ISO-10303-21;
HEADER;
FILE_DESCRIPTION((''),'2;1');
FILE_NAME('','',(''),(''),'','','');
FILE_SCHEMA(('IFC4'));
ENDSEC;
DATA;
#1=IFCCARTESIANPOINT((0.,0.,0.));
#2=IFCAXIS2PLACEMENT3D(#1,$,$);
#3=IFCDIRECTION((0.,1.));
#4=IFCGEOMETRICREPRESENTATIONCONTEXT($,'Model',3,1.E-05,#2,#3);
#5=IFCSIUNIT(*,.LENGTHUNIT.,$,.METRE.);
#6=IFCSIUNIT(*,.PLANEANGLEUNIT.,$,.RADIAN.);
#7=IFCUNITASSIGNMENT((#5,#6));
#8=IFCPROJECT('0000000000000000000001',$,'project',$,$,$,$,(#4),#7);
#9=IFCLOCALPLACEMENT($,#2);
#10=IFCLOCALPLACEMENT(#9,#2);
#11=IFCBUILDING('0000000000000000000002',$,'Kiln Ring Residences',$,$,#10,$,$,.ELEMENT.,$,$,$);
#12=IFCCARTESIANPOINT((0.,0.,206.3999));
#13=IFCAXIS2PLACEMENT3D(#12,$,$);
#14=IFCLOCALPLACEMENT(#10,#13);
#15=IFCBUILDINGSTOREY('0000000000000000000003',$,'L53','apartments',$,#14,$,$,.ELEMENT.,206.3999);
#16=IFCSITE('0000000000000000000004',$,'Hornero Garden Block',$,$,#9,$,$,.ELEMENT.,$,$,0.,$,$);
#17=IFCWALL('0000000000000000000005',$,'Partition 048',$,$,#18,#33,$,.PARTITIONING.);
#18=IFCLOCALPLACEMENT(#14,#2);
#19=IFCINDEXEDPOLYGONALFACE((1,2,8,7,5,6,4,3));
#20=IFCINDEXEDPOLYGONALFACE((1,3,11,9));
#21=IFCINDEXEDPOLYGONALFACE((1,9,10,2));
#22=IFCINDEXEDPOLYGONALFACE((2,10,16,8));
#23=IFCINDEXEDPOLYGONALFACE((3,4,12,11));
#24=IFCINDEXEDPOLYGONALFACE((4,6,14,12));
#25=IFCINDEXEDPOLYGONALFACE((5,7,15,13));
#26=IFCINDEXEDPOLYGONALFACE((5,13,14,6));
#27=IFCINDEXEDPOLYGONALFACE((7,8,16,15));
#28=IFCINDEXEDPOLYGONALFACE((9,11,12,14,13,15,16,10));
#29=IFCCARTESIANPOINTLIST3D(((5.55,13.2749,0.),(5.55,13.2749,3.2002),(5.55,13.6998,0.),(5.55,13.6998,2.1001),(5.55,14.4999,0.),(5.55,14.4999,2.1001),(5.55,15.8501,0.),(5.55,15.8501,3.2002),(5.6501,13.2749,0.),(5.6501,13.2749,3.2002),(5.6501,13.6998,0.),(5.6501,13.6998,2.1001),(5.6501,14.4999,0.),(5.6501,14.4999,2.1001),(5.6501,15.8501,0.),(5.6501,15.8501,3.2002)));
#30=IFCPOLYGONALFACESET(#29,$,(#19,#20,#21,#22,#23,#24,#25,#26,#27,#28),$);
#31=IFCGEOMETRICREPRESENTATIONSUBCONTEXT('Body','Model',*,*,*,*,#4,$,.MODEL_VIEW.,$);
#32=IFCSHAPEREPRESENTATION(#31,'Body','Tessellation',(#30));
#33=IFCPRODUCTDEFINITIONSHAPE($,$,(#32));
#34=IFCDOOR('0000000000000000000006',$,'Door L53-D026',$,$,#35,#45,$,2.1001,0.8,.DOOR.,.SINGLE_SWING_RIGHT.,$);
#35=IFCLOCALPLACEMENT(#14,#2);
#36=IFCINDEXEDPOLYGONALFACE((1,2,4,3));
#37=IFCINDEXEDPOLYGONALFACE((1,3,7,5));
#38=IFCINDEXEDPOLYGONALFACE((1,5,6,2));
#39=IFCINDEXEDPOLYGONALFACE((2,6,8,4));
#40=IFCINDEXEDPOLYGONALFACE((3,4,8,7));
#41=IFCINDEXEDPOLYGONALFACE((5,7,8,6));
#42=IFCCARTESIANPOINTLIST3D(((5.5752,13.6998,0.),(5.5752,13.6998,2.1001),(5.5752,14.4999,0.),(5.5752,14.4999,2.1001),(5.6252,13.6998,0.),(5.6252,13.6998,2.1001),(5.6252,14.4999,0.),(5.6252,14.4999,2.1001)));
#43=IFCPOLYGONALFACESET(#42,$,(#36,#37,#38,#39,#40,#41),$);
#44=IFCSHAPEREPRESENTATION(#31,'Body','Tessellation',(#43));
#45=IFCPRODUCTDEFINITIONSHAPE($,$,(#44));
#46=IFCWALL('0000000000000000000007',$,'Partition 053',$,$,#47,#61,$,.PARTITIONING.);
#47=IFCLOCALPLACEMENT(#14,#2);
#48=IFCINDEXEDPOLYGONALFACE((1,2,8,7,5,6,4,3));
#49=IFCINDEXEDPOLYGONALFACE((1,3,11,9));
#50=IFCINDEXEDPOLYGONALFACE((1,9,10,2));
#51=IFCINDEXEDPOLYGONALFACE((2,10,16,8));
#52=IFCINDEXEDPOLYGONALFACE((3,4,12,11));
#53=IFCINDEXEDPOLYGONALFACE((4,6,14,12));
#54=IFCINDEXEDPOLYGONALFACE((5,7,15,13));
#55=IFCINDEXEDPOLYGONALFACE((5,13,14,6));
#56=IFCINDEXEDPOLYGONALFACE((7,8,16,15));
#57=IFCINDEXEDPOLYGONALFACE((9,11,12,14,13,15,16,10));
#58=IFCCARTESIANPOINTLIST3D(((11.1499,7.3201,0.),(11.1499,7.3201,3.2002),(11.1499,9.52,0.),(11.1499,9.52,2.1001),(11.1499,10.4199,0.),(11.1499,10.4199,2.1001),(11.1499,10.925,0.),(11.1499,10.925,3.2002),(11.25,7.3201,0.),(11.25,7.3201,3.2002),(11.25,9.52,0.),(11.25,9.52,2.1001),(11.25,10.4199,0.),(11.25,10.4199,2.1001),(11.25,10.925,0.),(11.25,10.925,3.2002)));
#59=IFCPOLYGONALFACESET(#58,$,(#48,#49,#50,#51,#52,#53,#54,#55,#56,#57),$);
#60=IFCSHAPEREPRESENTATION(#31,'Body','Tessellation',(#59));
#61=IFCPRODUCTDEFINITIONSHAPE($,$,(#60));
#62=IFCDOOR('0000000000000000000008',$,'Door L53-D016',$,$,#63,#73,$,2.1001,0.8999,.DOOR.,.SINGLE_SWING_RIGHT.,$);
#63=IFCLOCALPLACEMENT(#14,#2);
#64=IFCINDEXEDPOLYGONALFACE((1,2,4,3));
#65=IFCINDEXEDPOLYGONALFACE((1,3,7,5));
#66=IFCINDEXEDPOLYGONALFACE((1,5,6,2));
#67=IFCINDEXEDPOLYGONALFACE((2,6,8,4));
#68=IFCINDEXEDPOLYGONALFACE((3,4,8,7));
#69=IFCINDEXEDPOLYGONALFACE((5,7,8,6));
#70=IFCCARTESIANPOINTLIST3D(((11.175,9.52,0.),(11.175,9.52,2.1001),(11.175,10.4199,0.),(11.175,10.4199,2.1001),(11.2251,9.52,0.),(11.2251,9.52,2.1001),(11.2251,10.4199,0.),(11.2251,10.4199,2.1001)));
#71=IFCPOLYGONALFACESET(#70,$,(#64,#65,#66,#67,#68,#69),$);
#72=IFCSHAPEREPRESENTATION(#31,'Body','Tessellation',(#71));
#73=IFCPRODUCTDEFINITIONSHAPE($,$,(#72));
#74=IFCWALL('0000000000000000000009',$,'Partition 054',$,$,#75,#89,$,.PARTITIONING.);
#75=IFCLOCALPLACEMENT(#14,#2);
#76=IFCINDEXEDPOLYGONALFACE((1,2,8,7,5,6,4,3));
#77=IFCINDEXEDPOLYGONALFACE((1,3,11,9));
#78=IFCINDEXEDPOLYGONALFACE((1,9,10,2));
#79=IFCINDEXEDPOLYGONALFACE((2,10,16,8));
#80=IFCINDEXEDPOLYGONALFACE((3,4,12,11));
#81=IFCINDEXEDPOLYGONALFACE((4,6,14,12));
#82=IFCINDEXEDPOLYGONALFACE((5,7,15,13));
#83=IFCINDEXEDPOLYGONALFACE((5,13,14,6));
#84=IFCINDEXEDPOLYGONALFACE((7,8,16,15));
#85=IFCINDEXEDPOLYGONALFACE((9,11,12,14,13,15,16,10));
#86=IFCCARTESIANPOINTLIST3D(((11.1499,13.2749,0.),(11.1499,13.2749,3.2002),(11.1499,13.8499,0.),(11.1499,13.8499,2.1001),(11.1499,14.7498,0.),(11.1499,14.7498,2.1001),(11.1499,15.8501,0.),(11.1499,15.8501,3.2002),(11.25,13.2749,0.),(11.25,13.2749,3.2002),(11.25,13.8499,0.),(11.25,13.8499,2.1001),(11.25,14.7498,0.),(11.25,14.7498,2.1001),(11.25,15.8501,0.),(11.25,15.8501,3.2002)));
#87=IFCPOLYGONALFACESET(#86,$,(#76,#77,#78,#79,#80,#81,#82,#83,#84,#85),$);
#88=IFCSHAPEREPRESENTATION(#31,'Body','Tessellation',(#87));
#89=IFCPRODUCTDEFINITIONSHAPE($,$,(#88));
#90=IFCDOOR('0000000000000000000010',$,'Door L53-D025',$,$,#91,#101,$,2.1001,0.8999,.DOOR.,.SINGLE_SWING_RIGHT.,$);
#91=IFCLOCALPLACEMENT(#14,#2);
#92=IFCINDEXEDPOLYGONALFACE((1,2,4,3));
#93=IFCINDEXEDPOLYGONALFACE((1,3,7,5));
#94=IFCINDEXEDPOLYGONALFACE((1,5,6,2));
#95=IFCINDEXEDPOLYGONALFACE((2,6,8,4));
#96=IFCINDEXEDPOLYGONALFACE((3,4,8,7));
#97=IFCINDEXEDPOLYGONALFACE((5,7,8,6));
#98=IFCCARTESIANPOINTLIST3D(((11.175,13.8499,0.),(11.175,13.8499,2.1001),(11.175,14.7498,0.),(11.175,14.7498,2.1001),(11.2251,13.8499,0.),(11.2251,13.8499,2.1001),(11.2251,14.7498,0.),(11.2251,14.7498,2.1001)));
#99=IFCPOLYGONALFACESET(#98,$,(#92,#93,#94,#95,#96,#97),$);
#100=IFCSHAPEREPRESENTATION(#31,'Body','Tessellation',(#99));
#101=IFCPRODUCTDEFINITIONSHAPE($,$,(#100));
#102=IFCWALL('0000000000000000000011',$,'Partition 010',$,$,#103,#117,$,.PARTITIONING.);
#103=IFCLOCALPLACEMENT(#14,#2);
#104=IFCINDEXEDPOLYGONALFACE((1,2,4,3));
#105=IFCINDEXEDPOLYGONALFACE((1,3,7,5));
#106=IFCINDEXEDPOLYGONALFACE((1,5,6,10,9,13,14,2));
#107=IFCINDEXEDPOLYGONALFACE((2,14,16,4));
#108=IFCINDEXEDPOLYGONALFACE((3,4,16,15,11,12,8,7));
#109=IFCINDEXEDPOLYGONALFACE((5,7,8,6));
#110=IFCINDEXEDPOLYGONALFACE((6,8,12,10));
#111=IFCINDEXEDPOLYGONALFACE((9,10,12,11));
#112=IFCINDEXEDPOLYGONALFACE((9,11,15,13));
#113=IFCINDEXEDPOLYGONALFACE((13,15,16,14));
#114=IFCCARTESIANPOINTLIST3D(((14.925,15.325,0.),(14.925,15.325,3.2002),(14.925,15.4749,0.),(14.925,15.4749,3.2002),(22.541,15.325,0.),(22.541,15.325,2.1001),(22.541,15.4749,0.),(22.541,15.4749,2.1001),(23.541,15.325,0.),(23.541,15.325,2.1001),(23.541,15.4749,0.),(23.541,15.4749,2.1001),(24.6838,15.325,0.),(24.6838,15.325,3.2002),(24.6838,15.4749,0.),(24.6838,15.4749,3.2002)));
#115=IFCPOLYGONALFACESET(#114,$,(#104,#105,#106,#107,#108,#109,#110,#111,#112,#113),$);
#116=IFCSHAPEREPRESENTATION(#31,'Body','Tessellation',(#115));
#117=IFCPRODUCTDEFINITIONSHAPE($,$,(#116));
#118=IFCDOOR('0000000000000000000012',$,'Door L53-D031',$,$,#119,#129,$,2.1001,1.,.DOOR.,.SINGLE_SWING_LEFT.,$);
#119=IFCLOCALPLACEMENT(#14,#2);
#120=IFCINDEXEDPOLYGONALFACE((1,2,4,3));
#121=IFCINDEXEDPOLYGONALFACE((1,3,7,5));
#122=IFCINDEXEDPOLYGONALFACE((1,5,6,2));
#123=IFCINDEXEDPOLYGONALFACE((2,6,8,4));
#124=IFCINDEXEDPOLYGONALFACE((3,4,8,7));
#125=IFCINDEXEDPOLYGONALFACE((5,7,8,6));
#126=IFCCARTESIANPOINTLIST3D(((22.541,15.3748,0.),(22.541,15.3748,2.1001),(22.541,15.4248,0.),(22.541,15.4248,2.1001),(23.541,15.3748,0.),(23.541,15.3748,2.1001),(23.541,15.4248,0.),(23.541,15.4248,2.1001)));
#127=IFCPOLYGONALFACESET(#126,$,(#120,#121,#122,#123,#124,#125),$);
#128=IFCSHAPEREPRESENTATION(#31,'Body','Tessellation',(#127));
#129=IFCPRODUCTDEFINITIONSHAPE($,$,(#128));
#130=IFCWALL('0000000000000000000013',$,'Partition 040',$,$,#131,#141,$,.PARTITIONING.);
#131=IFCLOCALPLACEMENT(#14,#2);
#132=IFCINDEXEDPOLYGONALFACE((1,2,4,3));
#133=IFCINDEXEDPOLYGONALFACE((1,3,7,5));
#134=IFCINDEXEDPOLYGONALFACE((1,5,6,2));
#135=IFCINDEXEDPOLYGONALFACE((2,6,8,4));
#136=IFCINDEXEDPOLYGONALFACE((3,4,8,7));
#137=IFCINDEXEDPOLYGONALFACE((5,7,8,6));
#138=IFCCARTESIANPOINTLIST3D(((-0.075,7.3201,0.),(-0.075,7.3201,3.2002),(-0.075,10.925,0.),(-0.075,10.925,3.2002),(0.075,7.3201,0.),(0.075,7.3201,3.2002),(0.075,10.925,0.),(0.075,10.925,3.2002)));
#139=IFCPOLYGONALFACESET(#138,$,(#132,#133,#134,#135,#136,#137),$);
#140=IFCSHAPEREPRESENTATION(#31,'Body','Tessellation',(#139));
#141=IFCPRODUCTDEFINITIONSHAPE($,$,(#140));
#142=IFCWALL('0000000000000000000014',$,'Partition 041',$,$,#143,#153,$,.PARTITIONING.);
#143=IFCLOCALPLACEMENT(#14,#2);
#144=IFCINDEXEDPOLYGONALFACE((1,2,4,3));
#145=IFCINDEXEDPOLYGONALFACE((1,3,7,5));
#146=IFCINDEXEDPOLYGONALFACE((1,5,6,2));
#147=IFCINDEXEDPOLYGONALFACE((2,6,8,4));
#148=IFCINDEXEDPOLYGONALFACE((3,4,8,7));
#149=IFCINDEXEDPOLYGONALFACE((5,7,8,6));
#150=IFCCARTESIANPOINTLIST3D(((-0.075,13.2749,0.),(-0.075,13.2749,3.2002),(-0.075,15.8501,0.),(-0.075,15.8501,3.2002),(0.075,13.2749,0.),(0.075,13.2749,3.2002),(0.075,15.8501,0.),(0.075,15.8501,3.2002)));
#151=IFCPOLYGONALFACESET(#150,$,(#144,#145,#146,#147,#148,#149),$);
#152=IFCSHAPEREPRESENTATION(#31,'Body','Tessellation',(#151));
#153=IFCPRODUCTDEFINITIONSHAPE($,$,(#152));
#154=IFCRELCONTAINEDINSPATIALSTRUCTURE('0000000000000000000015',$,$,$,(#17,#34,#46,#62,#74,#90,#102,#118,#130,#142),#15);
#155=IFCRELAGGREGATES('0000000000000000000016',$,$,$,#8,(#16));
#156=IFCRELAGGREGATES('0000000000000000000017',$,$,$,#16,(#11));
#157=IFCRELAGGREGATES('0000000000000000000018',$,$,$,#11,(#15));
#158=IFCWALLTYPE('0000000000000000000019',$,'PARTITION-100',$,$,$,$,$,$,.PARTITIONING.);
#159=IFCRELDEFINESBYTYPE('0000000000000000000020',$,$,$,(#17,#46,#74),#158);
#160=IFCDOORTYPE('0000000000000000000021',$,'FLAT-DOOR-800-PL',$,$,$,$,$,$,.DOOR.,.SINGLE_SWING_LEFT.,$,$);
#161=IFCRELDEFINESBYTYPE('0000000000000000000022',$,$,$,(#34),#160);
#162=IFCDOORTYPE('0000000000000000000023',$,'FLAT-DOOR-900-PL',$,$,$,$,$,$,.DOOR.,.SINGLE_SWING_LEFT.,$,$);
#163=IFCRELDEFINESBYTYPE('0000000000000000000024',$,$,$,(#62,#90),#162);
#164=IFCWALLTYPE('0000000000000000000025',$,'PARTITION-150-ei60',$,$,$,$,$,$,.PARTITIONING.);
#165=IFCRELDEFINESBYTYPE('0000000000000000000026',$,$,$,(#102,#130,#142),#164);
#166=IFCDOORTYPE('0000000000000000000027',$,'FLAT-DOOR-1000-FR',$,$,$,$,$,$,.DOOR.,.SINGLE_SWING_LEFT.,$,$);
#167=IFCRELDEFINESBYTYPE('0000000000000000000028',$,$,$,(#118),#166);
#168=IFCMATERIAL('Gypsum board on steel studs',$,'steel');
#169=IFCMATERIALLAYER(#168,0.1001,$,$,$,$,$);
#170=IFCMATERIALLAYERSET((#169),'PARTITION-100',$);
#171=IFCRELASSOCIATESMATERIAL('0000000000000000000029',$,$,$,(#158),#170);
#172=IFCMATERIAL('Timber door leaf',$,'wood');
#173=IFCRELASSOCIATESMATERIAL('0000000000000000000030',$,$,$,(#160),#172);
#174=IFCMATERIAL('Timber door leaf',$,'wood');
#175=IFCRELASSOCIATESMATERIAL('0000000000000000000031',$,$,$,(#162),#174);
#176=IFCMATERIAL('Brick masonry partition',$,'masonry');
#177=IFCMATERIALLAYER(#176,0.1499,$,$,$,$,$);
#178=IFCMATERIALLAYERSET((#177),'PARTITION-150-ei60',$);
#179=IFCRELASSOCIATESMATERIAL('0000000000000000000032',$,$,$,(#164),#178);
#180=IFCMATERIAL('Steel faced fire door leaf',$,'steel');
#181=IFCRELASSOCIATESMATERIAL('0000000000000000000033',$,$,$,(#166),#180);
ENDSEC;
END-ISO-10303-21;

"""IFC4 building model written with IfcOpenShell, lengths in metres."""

from ifc_helpers import new_model, si_unit, direction, frame, frame_2d, origin, place, context, subcontext, project, spatial, rectangle, extrude, material, layer, layer_set, type_object, element, fill, save


model = new_model("IFC4")

# Units and contexts
model_context = context("Model", 3, precision=1e-05, world=origin(), true_north=direction((0.0, 1.0)))
body_context = subcontext(model_context, "Body", "Model", "MODEL_VIEW")
ifc_project = project(units=[si_unit("LENGTHUNIT", "METRE"), si_unit("PLANEANGLEUNIT", "RADIAN")], contexts=[model_context])

# Site, building, storey
site_placement = place(None, origin())
site = spatial("IfcSite", under=ifc_project, at=site_placement, Name="Hornero Garden Block", CompositionType="ELEMENT", RefElevation=0.0)
building_placement = place(site_placement, origin())
building = spatial("IfcBuilding", under=site, at=building_placement, Name="Kiln Ring Residences", CompositionType="ELEMENT")
storey_placement = place(building_placement, frame((0.0, 0.0, 206.3999)))
storey = spatial("IfcBuildingStorey", under=building, at=storey_placement, Name="L53", Description="apartments", CompositionType="ELEMENT", Elevation=206.3999)

# Walls, openings, doors
ifc_material_1 = material(Name="Gypsum board on steel studs", Category="steel")
ifc_layer_1 = layer(ifc_material_1, 0.1001)
ifc_layer_set_1 = layer_set([ifc_layer_1], Name="PARTITION-100")
wall_type_1 = type_object("IfcWallType", Name="PARTITION-100", PredefinedType="PARTITIONING", material=ifc_layer_set_1)
ifc_material_2 = material(Name="Timber door leaf", Category="wood")
door_type_1 = type_object("IfcDoorType", Name="FLAT-DOOR-800-PL", OperationType="SINGLE_SWING_LEFT", PredefinedType="DOOR", material=ifc_material_2)
ifc_material_3 = material(Name="Timber door leaf", Category="wood")
door_type_2 = type_object("IfcDoorType", Name="FLAT-DOOR-900-PL", OperationType="SINGLE_SWING_LEFT", PredefinedType="DOOR", material=ifc_material_3)
wall_1_placement = place(storey_placement, frame((5.6001, 13.2749, 0.0), z_axis=(0.0, 0.0, 1.0), x_axis=(0.0, 1.0, 0.0)))
wall_1 = element("IfcWall", 1, at=wall_1_placement, inside=storey, type_object=wall_type_1, Name="Partition 048", PredefinedType="PARTITIONING", context=body_context, shape_type="SweptSolid", body=[
    extrude(rectangle(XDim=2.5752, YDim=0.1001, at=frame_2d((1.2876, 0.0))), origin(), (0.0, 0.0, 1.0), 3.2002),
])
opening_1_placement = place(wall_1_placement, frame((0.425, 0.0, 0.0)))
opening_1 = element("IfcOpeningElement", 2, at=opening_1_placement, cuts=wall_1, PredefinedType="OPENING", context=body_context, shape_type="SweptSolid", body=[
    extrude(rectangle(XDim=0.8, YDim=2.1001, at=frame_2d((0.3999, 1.05))), frame((0.0, 0.0601, 0.0), z_axis=(0.0, -1.0, 0.0), x_axis=(1.0, 0.0, 0.0)), (0.0, 0.0, 1.0), 0.1201),
])
door_1_placement = place(opening_1_placement, origin())
door_1 = element("IfcDoor", 3, at=door_1_placement, inside=storey, type_object=door_type_1, Name="Door L53-D026", OperationType="SINGLE_SWING_RIGHT", OverallHeight=2.1001, OverallWidth=0.8, PredefinedType="DOOR", context=body_context, shape_type="SweptSolid", body=[
    extrude(rectangle(XDim=0.8, YDim=2.1001, at=frame_2d((0.3999, 1.05))), frame((0.0, 0.0249, 0.0), z_axis=(0.0, -1.0, 0.0), x_axis=(1.0, 0.0, 0.0)), (0.0, 0.0, 1.0), 0.05),
])
fill(opening_1, door_1)
wall_2_placement = place(storey_placement, frame((11.2, 7.3201, 0.0), z_axis=(0.0, 0.0, 1.0), x_axis=(0.0, 1.0, 0.0)))
wall_2 = element("IfcWall", 4, at=wall_2_placement, inside=storey, type_object=wall_type_1, Name="Partition 053", PredefinedType="PARTITIONING", context=body_context, shape_type="SweptSolid", body=[
    extrude(rectangle(XDim=3.605, YDim=0.1001, at=frame_2d((1.8025, 0.0))), origin(), (0.0, 0.0, 1.0), 3.2002),
])
opening_2_placement = place(wall_2_placement, frame((2.2, 0.0, 0.0)))
opening_2 = element("IfcOpeningElement", 5, at=opening_2_placement, cuts=wall_2, PredefinedType="OPENING", context=body_context, shape_type="SweptSolid", body=[
    extrude(rectangle(XDim=0.8999, YDim=2.1001, at=frame_2d((0.45, 1.05))), frame((0.0, 0.0601, 0.0), z_axis=(0.0, -1.0, 0.0), x_axis=(1.0, 0.0, 0.0)), (0.0, 0.0, 1.0), 0.1201),
])
door_2_placement = place(opening_2_placement, origin())
door_2 = element("IfcDoor", 6, at=door_2_placement, inside=storey, type_object=door_type_2, Name="Door L53-D016", OperationType="SINGLE_SWING_RIGHT", OverallHeight=2.1001, OverallWidth=0.8999, PredefinedType="DOOR", context=body_context, shape_type="SweptSolid", body=[
    extrude(rectangle(XDim=0.8999, YDim=2.1001, at=frame_2d((0.45, 1.05))), frame((0.0, 0.0249, 0.0), z_axis=(0.0, -1.0, 0.0), x_axis=(1.0, 0.0, 0.0)), (0.0, 0.0, 1.0), 0.05),
])
fill(opening_2, door_2)
wall_3_placement = place(storey_placement, frame((11.2, 13.2749, 0.0), z_axis=(0.0, 0.0, 1.0), x_axis=(0.0, 1.0, 0.0)))
wall_3 = element("IfcWall", 7, at=wall_3_placement, inside=storey, type_object=wall_type_1, Name="Partition 054", PredefinedType="PARTITIONING", context=body_context, shape_type="SweptSolid", body=[
    extrude(rectangle(XDim=2.5752, YDim=0.1001, at=frame_2d((1.2876, 0.0))), origin(), (0.0, 0.0, 1.0), 3.2002),
])
opening_3_placement = place(wall_3_placement, frame((0.575, 0.0, 0.0)))
opening_3 = element("IfcOpeningElement", 8, at=opening_3_placement, cuts=wall_3, PredefinedType="OPENING", context=body_context, shape_type="SweptSolid", body=[
    extrude(rectangle(XDim=0.8999, YDim=2.1001, at=frame_2d((0.45, 1.05))), frame((0.0, 0.0601, 0.0), z_axis=(0.0, -1.0, 0.0), x_axis=(1.0, 0.0, 0.0)), (0.0, 0.0, 1.0), 0.1201),
])
door_3_placement = place(opening_3_placement, origin())
door_3 = element("IfcDoor", 9, at=door_3_placement, inside=storey, type_object=door_type_2, Name="Door L53-D025", OperationType="SINGLE_SWING_RIGHT", OverallHeight=2.1001, OverallWidth=0.8999, PredefinedType="DOOR", context=body_context, shape_type="SweptSolid", body=[
    extrude(rectangle(XDim=0.8999, YDim=2.1001, at=frame_2d((0.45, 1.05))), frame((0.0, 0.0249, 0.0), z_axis=(0.0, -1.0, 0.0), x_axis=(1.0, 0.0, 0.0)), (0.0, 0.0, 1.0), 0.05),
])
fill(opening_3, door_3)
ifc_material_4 = material(Name="Brick masonry partition", Category="masonry")
ifc_layer_2 = layer(ifc_material_4, 0.1499)
ifc_layer_set_2 = layer_set([ifc_layer_2], Name="PARTITION-150-ei60")
wall_type_2 = type_object("IfcWallType", Name="PARTITION-150-ei60", PredefinedType="PARTITIONING", material=ifc_layer_set_2)
wall_4_placement = place(storey_placement, frame((14.925, 15.3999, 0.0), z_axis=(0.0, 0.0, 1.0), x_axis=(1.0, 0.0, 0.0)))
wall_4 = element("IfcWall", 10, at=wall_4_placement, inside=storey, type_object=wall_type_2, Name="Partition 010", PredefinedType="PARTITIONING", context=body_context, shape_type="SweptSolid", body=[
    extrude(rectangle(XDim=9.7588, YDim=0.1499, at=frame_2d((4.8794, 0.0))), origin(), (0.0, 0.0, 1.0), 3.2002),
])
opening_4_placement = place(wall_4_placement, frame((7.616, 0.0, 0.0)))
opening_4 = element("IfcOpeningElement", 11, at=opening_4_placement, cuts=wall_4, PredefinedType="OPENING", context=body_context, shape_type="SweptSolid", body=[
    extrude(rectangle(XDim=1.0, YDim=2.1001, at=frame_2d((0.5, 1.05))), frame((0.0, 0.085, 0.0), z_axis=(0.0, -1.0, 0.0), x_axis=(1.0, 0.0, 0.0)), (0.0, 0.0, 1.0), 0.1699),
])
ifc_material_5 = material(Name="Steel faced fire door leaf", Category="steel")
door_type_3 = type_object("IfcDoorType", Name="FLAT-DOOR-1000-FR", OperationType="SINGLE_SWING_LEFT", PredefinedType="DOOR", material=ifc_material_5)
door_4_placement = place(opening_4_placement, origin())
door_4 = element("IfcDoor", 12, at=door_4_placement, inside=storey, type_object=door_type_3, Name="Door L53-D031", OperationType="SINGLE_SWING_LEFT", OverallHeight=2.1001, OverallWidth=1.0, PredefinedType="DOOR", context=body_context, shape_type="SweptSolid", body=[
    extrude(rectangle(XDim=1.0, YDim=2.1001, at=frame_2d((0.5, 1.05))), frame((0.0, 0.0249, 0.0), z_axis=(0.0, -1.0, 0.0), x_axis=(1.0, 0.0, 0.0)), (0.0, 0.0, 1.0), 0.05),
])
fill(opening_4, door_4)

# Walls
wall_5_placement = place(storey_placement, frame((0.0, 7.3201, 0.0), z_axis=(0.0, 0.0, 1.0), x_axis=(0.0, 1.0, 0.0)))
element("IfcWall", 13, at=wall_5_placement, inside=storey, type_object=wall_type_2, Name="Partition 040", PredefinedType="PARTITIONING", context=body_context, shape_type="SweptSolid", body=[
    extrude(rectangle(XDim=3.605, YDim=0.1499, at=frame_2d((1.8025, 0.0))), origin(), (0.0, 0.0, 1.0), 3.2002),
])
wall_6_placement = place(storey_placement, frame((0.0, 13.2749, 0.0), z_axis=(0.0, 0.0, 1.0), x_axis=(0.0, 1.0, 0.0)))
element("IfcWall", 14, at=wall_6_placement, inside=storey, type_object=wall_type_2, Name="Partition 041", PredefinedType="PARTITIONING", context=body_context, shape_type="SweptSolid", body=[
    extrude(rectangle(XDim=2.5752, YDim=0.1499, at=frame_2d((1.2876, 0.0))), origin(), (0.0, 0.0, 1.0), 3.2002),
])

save(model, "model.ifc")
